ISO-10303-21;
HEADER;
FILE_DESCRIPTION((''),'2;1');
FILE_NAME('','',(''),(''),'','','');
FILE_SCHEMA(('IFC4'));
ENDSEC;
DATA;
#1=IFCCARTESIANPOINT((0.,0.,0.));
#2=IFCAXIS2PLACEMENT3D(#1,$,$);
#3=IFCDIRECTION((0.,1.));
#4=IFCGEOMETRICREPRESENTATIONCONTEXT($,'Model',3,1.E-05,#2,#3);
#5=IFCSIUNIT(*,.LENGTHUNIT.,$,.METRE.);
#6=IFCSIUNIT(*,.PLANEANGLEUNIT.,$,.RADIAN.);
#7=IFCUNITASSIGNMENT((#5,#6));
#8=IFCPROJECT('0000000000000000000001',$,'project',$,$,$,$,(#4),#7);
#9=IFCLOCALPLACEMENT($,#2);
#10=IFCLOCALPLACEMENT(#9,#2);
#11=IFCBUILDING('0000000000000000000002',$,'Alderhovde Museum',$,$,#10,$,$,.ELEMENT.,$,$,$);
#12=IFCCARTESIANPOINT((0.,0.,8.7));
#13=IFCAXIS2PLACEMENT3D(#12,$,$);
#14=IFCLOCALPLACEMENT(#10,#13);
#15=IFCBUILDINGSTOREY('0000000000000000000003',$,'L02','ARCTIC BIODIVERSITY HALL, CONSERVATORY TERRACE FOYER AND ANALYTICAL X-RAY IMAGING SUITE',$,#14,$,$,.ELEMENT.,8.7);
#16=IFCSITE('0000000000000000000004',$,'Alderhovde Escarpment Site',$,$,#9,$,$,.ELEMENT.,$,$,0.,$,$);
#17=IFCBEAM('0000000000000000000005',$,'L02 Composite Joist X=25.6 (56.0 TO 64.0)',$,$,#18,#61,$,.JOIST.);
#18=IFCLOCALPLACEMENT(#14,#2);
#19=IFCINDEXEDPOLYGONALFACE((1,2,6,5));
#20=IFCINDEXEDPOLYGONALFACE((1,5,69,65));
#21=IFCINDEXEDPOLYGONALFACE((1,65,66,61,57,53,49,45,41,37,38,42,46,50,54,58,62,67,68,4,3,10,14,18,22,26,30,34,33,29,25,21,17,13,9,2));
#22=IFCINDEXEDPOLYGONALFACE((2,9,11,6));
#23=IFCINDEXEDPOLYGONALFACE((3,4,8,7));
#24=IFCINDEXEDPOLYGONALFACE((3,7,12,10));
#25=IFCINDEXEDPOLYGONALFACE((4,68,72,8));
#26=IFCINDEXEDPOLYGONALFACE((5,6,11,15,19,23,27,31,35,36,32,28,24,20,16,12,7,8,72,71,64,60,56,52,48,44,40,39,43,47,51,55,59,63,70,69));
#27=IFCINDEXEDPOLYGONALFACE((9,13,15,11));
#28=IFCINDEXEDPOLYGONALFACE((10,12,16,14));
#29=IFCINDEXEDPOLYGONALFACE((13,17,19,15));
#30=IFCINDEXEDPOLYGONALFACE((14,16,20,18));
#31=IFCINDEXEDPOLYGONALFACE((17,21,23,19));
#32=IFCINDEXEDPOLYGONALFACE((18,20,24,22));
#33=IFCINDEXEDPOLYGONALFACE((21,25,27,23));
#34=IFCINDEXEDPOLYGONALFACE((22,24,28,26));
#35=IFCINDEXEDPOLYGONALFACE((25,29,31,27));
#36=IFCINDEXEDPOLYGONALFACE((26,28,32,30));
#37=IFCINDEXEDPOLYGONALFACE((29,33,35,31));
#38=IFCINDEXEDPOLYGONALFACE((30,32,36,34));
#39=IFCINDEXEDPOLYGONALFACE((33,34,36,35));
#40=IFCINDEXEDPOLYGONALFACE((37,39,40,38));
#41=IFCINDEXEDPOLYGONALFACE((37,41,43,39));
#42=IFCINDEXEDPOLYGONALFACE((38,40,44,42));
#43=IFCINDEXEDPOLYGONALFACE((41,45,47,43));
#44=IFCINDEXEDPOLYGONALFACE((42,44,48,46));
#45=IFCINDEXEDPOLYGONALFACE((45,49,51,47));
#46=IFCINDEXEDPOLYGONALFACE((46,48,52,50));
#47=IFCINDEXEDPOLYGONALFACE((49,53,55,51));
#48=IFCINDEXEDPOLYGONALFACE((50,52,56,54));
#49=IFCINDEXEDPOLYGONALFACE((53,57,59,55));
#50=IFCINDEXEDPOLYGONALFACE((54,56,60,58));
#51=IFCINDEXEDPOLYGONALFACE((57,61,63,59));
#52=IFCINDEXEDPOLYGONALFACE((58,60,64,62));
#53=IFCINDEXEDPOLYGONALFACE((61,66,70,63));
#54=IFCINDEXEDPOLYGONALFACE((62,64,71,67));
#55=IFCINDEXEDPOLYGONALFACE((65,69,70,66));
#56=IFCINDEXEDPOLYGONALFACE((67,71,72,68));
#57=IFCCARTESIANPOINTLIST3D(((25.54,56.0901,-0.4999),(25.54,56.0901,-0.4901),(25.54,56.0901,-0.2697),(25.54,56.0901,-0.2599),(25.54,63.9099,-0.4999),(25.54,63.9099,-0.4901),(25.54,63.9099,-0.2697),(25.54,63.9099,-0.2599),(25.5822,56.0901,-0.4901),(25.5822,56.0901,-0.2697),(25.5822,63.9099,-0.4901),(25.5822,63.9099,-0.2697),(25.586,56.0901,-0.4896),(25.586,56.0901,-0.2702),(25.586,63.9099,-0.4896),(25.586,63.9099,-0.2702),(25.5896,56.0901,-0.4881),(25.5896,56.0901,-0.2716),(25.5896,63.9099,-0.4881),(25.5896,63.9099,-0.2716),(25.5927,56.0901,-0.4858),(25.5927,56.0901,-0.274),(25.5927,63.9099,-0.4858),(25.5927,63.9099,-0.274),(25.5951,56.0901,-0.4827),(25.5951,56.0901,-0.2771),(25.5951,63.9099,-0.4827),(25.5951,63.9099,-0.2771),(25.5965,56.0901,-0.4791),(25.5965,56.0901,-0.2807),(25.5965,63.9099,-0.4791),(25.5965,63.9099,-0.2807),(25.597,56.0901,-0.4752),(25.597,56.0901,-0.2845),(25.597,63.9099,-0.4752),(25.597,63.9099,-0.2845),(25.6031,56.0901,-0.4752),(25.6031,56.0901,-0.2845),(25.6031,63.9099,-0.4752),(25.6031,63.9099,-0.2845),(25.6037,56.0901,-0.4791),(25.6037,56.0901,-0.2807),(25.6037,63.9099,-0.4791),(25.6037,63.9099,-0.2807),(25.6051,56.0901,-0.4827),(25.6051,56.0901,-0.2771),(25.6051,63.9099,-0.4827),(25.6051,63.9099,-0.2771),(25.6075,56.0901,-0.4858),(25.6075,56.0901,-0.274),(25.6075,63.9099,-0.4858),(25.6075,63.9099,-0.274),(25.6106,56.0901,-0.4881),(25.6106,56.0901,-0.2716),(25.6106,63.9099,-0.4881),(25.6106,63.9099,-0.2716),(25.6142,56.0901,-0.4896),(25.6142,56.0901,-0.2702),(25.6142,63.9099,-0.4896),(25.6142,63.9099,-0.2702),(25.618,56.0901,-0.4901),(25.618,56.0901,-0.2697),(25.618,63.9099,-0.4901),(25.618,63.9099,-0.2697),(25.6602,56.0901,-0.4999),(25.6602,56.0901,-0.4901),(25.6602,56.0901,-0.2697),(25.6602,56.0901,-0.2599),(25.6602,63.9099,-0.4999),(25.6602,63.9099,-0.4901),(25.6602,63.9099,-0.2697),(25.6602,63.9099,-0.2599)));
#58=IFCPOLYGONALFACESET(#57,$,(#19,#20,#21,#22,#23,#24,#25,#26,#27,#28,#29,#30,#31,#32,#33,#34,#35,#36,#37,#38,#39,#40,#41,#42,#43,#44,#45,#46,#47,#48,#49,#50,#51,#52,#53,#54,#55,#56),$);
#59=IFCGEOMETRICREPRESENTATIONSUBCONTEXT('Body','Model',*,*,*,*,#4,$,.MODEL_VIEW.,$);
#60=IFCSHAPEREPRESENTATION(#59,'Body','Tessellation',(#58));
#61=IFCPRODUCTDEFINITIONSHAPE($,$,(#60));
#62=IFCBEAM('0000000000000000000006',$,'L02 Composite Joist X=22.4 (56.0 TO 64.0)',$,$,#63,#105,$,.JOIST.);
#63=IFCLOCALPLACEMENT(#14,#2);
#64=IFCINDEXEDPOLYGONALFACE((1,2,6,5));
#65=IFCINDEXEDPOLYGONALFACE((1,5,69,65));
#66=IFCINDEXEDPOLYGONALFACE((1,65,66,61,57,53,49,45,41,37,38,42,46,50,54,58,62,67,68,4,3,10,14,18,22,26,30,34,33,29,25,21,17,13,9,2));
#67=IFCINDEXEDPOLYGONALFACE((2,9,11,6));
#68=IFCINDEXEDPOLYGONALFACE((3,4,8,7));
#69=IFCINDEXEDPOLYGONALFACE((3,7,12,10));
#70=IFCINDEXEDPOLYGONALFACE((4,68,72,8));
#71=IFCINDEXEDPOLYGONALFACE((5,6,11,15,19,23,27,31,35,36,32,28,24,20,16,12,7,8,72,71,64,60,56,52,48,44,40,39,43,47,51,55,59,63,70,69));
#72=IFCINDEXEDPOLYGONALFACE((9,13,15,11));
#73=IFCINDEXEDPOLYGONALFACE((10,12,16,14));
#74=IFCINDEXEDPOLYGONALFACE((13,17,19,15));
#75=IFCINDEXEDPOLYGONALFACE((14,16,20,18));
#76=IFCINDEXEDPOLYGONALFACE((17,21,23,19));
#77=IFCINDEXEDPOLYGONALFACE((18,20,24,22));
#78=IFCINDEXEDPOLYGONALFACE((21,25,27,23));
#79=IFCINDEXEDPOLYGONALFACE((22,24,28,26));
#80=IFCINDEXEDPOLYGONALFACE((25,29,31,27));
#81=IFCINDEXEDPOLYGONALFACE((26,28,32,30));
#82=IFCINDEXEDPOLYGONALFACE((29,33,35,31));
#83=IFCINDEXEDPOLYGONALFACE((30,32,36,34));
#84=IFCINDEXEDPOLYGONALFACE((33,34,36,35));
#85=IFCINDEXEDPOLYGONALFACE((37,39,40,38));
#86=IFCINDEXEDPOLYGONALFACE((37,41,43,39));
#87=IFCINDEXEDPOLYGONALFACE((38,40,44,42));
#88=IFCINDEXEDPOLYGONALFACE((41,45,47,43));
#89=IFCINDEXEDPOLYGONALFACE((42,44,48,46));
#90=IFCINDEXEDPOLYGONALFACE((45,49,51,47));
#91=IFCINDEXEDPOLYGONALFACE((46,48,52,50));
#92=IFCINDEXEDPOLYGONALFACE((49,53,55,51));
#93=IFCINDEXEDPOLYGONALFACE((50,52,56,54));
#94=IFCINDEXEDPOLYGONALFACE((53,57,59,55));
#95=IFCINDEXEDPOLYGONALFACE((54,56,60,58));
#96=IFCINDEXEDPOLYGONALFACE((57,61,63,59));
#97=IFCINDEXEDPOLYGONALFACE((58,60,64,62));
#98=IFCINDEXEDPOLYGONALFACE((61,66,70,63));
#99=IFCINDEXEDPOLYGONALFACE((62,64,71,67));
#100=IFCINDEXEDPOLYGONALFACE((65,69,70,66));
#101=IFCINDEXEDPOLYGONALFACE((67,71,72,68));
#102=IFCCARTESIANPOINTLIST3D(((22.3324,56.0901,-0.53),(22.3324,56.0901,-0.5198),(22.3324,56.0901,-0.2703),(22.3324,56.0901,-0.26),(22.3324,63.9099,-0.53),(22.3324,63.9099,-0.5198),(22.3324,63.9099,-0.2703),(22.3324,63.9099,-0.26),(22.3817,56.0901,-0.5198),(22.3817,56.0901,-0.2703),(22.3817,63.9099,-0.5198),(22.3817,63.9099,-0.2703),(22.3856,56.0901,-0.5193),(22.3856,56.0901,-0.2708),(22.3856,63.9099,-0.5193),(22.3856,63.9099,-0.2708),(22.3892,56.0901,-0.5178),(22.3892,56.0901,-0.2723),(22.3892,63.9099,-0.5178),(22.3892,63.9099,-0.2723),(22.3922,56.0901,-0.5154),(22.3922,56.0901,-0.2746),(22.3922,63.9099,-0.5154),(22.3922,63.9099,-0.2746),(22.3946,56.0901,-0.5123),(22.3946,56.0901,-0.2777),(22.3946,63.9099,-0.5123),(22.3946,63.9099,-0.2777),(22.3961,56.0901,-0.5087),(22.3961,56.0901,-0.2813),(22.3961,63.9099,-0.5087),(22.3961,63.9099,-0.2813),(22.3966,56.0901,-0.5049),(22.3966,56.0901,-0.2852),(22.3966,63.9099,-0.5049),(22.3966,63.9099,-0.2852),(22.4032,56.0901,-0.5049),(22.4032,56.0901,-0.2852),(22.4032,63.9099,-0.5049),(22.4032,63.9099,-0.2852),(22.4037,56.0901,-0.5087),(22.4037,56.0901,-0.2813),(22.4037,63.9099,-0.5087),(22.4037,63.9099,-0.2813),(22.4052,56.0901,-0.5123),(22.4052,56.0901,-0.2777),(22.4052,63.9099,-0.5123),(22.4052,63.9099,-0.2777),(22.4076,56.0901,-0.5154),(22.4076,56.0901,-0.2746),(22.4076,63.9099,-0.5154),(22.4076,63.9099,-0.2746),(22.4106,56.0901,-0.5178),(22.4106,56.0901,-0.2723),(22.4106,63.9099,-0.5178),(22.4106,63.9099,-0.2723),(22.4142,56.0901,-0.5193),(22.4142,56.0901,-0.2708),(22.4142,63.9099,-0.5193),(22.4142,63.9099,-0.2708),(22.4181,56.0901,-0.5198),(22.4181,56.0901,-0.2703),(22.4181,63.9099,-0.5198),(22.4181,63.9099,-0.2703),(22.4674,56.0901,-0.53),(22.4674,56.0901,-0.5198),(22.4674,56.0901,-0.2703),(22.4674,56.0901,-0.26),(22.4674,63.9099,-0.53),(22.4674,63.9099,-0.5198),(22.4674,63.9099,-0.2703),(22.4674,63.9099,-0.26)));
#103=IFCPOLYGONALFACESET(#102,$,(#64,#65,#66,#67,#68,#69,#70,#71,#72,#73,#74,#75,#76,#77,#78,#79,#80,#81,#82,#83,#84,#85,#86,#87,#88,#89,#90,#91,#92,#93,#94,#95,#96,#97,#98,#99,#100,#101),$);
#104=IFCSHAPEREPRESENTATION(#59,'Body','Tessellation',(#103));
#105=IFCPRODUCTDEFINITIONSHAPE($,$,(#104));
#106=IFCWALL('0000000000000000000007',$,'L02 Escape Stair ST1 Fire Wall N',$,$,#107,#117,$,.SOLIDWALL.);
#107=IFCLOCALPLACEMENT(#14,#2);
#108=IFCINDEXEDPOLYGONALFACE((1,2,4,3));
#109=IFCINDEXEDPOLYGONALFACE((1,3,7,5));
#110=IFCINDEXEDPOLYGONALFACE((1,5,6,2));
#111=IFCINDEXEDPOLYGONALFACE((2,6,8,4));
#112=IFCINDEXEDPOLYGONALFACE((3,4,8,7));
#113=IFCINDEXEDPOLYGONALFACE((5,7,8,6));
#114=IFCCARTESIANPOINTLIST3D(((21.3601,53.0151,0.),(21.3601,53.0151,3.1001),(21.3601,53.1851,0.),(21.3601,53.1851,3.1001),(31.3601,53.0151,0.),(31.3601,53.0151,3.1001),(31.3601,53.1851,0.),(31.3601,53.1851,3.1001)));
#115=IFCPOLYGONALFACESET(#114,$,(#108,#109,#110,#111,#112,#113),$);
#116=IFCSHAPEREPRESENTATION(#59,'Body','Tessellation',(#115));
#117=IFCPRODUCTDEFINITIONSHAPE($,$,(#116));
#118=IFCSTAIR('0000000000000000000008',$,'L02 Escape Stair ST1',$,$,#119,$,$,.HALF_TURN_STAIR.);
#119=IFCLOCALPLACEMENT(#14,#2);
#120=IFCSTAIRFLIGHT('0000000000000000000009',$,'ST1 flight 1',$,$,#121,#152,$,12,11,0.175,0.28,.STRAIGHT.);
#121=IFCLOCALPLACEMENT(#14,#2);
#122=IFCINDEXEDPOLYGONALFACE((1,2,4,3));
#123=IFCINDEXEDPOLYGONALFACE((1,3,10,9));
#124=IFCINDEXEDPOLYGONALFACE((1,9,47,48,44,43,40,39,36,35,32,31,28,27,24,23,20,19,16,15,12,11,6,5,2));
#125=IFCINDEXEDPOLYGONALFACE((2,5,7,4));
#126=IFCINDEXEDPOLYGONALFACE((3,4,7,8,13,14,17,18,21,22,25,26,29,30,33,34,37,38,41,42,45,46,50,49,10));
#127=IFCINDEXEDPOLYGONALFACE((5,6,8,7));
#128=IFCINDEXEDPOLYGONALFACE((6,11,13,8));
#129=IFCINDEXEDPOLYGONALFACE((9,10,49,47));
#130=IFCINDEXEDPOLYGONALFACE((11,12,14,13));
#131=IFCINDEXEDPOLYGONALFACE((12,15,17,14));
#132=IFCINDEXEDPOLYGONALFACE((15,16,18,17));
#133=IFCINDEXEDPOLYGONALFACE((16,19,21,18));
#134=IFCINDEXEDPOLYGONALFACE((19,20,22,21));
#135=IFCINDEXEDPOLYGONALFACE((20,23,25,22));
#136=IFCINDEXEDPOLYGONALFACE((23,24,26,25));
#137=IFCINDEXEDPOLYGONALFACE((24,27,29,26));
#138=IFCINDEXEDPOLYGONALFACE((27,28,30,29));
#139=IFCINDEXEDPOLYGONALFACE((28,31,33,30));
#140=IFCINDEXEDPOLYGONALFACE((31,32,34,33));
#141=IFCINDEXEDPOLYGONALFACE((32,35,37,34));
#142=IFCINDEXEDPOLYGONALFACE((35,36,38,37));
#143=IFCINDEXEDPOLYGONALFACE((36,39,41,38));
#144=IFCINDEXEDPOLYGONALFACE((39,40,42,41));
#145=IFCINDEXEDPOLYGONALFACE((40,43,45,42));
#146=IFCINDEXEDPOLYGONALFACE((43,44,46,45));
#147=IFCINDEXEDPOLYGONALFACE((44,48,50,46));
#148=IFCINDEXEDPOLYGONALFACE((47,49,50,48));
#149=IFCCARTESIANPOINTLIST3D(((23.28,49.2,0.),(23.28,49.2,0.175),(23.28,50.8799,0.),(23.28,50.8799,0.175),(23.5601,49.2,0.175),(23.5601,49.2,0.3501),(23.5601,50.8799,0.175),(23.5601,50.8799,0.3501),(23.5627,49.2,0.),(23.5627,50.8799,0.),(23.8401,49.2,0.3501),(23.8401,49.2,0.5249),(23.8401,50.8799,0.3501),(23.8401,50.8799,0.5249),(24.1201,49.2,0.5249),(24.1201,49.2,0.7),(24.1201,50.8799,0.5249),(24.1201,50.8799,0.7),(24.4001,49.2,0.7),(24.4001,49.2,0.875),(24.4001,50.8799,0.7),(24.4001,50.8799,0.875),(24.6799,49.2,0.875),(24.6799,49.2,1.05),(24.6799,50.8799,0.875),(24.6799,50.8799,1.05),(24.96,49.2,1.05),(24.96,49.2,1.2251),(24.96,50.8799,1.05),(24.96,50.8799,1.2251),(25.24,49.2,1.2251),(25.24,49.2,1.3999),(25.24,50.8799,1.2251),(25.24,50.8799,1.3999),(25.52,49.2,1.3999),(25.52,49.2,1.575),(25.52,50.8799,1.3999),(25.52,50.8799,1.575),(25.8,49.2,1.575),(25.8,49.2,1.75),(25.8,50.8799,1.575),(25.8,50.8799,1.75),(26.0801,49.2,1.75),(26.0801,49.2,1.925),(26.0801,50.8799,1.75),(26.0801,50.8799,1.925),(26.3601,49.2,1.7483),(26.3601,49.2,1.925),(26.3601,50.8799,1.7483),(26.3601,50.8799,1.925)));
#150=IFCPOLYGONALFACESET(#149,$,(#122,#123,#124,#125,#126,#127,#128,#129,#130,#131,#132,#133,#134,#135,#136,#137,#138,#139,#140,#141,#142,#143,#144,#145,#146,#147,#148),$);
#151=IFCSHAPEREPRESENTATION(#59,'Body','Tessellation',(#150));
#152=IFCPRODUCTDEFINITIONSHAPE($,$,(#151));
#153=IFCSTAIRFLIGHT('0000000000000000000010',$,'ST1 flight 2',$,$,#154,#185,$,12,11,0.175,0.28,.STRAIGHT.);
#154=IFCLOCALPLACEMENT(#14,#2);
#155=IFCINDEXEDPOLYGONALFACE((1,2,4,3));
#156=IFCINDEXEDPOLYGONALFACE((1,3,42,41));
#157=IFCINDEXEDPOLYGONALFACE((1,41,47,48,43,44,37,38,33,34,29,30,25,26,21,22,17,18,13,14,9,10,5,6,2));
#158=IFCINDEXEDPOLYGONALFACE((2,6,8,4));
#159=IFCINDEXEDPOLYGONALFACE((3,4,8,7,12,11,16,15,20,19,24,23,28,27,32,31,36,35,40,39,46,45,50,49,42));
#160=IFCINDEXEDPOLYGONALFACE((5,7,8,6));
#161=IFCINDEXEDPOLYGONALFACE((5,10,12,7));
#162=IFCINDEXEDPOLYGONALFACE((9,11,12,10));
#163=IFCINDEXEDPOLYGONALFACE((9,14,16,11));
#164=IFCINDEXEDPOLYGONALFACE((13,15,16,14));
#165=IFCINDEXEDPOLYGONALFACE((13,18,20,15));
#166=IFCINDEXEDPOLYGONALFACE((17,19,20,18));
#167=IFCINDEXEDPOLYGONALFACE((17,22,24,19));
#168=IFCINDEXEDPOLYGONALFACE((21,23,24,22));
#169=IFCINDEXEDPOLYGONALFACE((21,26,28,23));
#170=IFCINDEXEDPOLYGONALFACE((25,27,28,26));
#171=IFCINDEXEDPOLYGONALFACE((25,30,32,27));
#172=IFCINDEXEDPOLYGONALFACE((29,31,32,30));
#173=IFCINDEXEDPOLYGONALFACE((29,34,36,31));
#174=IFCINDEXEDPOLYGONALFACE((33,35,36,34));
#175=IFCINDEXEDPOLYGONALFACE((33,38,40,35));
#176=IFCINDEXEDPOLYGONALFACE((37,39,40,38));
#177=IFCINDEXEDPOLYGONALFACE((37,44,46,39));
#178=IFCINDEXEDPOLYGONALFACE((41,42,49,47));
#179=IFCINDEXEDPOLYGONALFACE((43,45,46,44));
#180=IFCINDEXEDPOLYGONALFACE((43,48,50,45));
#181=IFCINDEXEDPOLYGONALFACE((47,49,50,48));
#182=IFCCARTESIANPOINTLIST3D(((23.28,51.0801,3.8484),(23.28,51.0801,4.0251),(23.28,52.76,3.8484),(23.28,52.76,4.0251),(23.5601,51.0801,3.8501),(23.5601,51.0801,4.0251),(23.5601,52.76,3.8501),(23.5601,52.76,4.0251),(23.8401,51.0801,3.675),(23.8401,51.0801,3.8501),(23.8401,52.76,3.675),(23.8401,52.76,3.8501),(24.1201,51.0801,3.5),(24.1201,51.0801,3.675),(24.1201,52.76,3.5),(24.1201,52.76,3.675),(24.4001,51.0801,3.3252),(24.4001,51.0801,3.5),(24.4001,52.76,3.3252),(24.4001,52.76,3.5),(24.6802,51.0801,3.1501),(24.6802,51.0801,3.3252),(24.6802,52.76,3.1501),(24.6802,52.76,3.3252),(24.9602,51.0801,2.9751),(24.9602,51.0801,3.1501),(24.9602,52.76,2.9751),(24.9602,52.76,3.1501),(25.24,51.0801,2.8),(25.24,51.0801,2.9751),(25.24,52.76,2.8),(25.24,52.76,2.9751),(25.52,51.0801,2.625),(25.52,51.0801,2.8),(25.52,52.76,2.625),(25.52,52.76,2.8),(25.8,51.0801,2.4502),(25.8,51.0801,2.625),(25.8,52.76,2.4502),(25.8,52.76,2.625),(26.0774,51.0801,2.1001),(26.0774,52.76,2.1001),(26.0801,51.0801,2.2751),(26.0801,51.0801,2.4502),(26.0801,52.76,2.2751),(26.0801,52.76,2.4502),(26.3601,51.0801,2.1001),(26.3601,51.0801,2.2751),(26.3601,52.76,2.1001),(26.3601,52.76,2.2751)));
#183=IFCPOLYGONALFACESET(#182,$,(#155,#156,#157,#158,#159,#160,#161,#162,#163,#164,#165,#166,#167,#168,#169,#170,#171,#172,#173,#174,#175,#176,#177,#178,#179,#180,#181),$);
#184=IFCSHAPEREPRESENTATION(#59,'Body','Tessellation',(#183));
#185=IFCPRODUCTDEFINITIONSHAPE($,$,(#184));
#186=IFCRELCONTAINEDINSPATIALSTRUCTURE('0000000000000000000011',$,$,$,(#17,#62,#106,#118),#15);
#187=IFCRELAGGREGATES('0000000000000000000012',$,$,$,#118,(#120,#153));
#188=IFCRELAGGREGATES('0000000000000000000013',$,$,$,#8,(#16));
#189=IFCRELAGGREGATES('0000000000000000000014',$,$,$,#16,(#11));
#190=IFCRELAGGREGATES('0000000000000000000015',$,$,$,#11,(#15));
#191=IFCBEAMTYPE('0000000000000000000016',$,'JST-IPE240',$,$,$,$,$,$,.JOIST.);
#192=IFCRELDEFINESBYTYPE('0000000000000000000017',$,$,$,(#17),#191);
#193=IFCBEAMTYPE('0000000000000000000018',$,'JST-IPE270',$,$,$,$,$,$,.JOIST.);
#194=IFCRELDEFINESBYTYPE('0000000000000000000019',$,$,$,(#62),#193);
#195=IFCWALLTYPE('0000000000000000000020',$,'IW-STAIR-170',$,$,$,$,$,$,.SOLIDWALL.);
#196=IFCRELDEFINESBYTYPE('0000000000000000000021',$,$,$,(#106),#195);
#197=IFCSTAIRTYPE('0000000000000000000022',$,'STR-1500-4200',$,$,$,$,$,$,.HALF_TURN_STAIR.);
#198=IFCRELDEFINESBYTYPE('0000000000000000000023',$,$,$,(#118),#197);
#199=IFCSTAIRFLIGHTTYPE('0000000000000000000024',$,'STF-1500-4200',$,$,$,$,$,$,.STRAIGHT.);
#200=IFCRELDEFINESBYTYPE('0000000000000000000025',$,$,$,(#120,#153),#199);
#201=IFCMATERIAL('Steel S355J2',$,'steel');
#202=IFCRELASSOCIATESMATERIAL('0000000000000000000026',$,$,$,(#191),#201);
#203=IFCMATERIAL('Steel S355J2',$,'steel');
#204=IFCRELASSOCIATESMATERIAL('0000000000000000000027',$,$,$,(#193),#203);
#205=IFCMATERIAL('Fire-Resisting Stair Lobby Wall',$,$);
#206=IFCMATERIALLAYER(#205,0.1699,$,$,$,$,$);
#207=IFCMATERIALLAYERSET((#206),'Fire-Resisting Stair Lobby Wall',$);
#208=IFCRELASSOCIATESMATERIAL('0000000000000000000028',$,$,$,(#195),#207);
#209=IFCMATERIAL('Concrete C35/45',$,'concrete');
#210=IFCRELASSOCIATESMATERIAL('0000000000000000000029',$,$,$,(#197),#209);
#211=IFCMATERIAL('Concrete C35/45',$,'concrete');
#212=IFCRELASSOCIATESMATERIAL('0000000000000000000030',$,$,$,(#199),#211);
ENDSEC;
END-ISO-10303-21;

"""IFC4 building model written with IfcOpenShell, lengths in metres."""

from ifc_helpers import new_model, si_unit, direction, frame, frame_2d, origin, origin_2d, place, context, subcontext, project, spatial, polyline, rectangle, i_section, outline, extrude, material, layer, layer_set, material_profile, profile_set, type_object, element, aggregate, save


model = new_model("IFC4")

# Units and contexts
model_context = context("Model", 3, precision=1e-05, world=origin(), true_north=direction((0.0, 1.0)))
body_context = subcontext(model_context, "Body", "Model", "MODEL_VIEW")
ifc_project = project(units=[si_unit("LENGTHUNIT", "METRE"), si_unit("PLANEANGLEUNIT", "RADIAN")], contexts=[model_context])

# Site, building, storey
site_placement = place(None, origin())
site = spatial("IfcSite", under=ifc_project, at=site_placement, Name="Alderhovde Escarpment Site", CompositionType="ELEMENT", RefElevation=0.0)
building_placement = place(site_placement, origin())
building = spatial("IfcBuilding", under=site, at=building_placement, Name="Alderhovde Museum", CompositionType="ELEMENT")
storey_placement = place(building_placement, frame((0.0, 0.0, 8.7)))
storey = spatial("IfcBuildingStorey", under=building, at=storey_placement, Name="L02", Description="ARCTIC BIODIVERSITY HALL, CONSERVATORY TERRACE FOYER AND ANALYTICAL X-RAY IMAGING SUITE", CompositionType="ELEMENT", Elevation=8.7)

# Beams
ifc_material_1 = material(Name="Steel S355J2", Category="steel")
ifc_material_profile_1 = material_profile(ifc_material_1, i_section(OverallWidth=0.1201, OverallDepth=0.24, WebThickness=0.0061, FlangeThickness=0.0098, FilletRadius=0.0149, at=origin_2d()), Name="IPE 240")
ifc_profile_set_1 = profile_set([ifc_material_profile_1], Name="Steel S355J2")
beam_type_1 = type_object("IfcBeamType", Name="JST-IPE240", PredefinedType="JOIST", material=ifc_profile_set_1)
beam_1_placement = place(storey_placement, frame((25.6001, 56.0901, -0.3799), z_axis=(0.0, 1.0, 0.0), x_axis=(-1.0, 0.0, 0.0)))
element("IfcBeam", 1, at=beam_1_placement, inside=storey, type_object=beam_type_1, Name="L02 Composite Joist X=25.6 (56.0 TO 64.0)", PredefinedType="JOIST", context=body_context, shape_type="SweptSolid", body=[
    extrude(i_section(OverallWidth=0.1201, OverallDepth=0.24, WebThickness=0.0061, FlangeThickness=0.0098, FilletRadius=0.0149, at=origin_2d()), origin(), (0.0, 0.0, 1.0), 7.8198),
])
ifc_material_2 = material(Name="Steel S355J2", Category="steel")
ifc_material_profile_2 = material_profile(ifc_material_2, i_section(OverallWidth=0.135, OverallDepth=0.27, WebThickness=0.0066, FlangeThickness=0.0103, FilletRadius=0.0149, at=origin_2d()), Name="IPE 270")
ifc_profile_set_2 = profile_set([ifc_material_profile_2], Name="Steel S355J2")
beam_type_2 = type_object("IfcBeamType", Name="JST-IPE270", PredefinedType="JOIST", material=ifc_profile_set_2)
beam_2_placement = place(storey_placement, frame((22.3999, 56.0901, -0.395), z_axis=(0.0, 1.0, 0.0), x_axis=(-1.0, 0.0, 0.0)))
element("IfcBeam", 2, at=beam_2_placement, inside=storey, type_object=beam_type_2, Name="L02 Composite Joist X=22.4 (56.0 TO 64.0)", PredefinedType="JOIST", context=body_context, shape_type="SweptSolid", body=[
    extrude(i_section(OverallWidth=0.135, OverallDepth=0.27, WebThickness=0.0066, FlangeThickness=0.0103, FilletRadius=0.0149, at=origin_2d()), origin(), (0.0, 0.0, 1.0), 7.8198),
])

# Wall
ifc_material_3 = material(Name="Fire-Resisting Stair Lobby Wall")
ifc_layer = layer(ifc_material_3, 0.1699)
ifc_layer_set = layer_set([ifc_layer], Name="Fire-Resisting Stair Lobby Wall")
wall_type = type_object("IfcWallType", Name="IW-STAIR-170", PredefinedType="SOLIDWALL", material=ifc_layer_set)
wall_placement = place(storey_placement, frame((21.3601, 53.1001, 0.0), z_axis=(0.0, 0.0, 1.0), x_axis=(1.0, 0.0, 0.0)))
element("IfcWall", 3, at=wall_placement, inside=storey, type_object=wall_type, Name="L02 Escape Stair ST1 Fire Wall N", PredefinedType="SOLIDWALL", context=body_context, shape_type="SweptSolid", body=[
    extrude(rectangle(XDim=10.0, YDim=0.1699, at=frame_2d((5.0, 0.0))), origin(), (0.0, 0.0, 1.0), 3.1001),
])

# Stair, stair flights
ifc_material_4 = material(Name="Concrete C35/45", Category="concrete")
stair_type = type_object("IfcStairType", Name="STR-1500-4200", PredefinedType="HALF_TURN_STAIR", material=ifc_material_4)
stair_placement = place(storey_placement, origin())
stair = element("IfcStair", 4, at=stair_placement, inside=storey, type_object=stair_type, Name="L02 Escape Stair ST1", PredefinedType="HALF_TURN_STAIR")
ifc_material_5 = material(Name="Concrete C35/45", Category="concrete")
stair_flight_type = type_object("IfcStairFlightType", Name="STF-1500-4200", PredefinedType="STRAIGHT", material=ifc_material_5)
stair_flight_1_placement = place(storey_placement, frame((23.28, 50.04, 0.0), z_axis=(0.0, 0.0, 1.0), x_axis=(1.0, 0.0, 0.0)))
stair_flight_1 = element("IfcStairFlight", 5, at=stair_flight_1_placement, type_object=stair_flight_type, Name="ST1 flight 1", NumberOfRisers=12, NumberOfTreads=11, PredefinedType="STRAIGHT", RiserHeight=0.175, TreadLength=0.28, context=body_context, shape_type="SweptSolid", body=[
    extrude(outline(polyline([(0.0, 0.0), (0.0, 0.175), (0.28, 0.175), (0.28, 0.3501), (0.5601, 0.3501), (0.5601, 0.5249), (0.8401, 0.5249), (0.8401, 0.7), (1.1201, 0.7), (1.1201, 0.875), (1.3999, 0.875), (1.3999, 1.05), (1.6799, 1.05), (1.6799, 1.2251), (1.96, 1.2251), (1.96, 1.3999), (2.24, 1.3999), (2.24, 1.575), (2.52, 1.575), (2.52, 1.75), (2.8, 1.75), (2.8, 1.925), (3.0801, 1.925), (3.0801, 2.1001), (3.0801, 1.7483), (0.2827, 0.0), (0.0, 0.0)])), frame((0.0, 0.8398, 0.0), z_axis=(0.0, -1.0, 0.0), x_axis=(1.0, 0.0, 0.0)), (0.0, 0.0, 1.0), 1.6799),
])
stair_flight_2_placement = place(storey_placement, frame((26.3601, 51.9199, 2.1001), z_axis=(0.0, 0.0, 1.0), x_axis=(-1.0, 0.0, 0.0)))
stair_flight_2 = element("IfcStairFlight", 6, at=stair_flight_2_placement, type_object=stair_flight_type, Name="ST1 flight 2", NumberOfRisers=12, NumberOfTreads=11, PredefinedType="STRAIGHT", RiserHeight=0.175, TreadLength=0.28, context=body_context, shape_type="SweptSolid", body=[
    extrude(outline(polyline([(0.0, 0.0), (0.0, 0.175), (0.28, 0.175), (0.28, 0.3501), (0.5601, 0.3501), (0.5601, 0.5249), (0.8401, 0.5249), (0.8401, 0.7), (1.1201, 0.7), (1.1201, 0.875), (1.3999, 0.875), (1.3999, 1.05), (1.6799, 1.05), (1.6799, 1.2251), (1.96, 1.2251), (1.96, 1.3999), (2.24, 1.3999), (2.24, 1.575), (2.52, 1.575), (2.52, 1.75), (2.8, 1.75), (2.8, 1.925), (3.0801, 1.925), (3.0801, 2.1001), (3.0801, 1.7483), (0.2827, 0.0), (0.0, 0.0)])), frame((0.0, 0.8398, 0.0), z_axis=(0.0, -1.0, 0.0), x_axis=(1.0, 0.0, 0.0)), (0.0, 0.0, 1.0), 1.6799),
])
aggregate(stair, [stair_flight_1, stair_flight_2])

save(model, "model.ifc")
